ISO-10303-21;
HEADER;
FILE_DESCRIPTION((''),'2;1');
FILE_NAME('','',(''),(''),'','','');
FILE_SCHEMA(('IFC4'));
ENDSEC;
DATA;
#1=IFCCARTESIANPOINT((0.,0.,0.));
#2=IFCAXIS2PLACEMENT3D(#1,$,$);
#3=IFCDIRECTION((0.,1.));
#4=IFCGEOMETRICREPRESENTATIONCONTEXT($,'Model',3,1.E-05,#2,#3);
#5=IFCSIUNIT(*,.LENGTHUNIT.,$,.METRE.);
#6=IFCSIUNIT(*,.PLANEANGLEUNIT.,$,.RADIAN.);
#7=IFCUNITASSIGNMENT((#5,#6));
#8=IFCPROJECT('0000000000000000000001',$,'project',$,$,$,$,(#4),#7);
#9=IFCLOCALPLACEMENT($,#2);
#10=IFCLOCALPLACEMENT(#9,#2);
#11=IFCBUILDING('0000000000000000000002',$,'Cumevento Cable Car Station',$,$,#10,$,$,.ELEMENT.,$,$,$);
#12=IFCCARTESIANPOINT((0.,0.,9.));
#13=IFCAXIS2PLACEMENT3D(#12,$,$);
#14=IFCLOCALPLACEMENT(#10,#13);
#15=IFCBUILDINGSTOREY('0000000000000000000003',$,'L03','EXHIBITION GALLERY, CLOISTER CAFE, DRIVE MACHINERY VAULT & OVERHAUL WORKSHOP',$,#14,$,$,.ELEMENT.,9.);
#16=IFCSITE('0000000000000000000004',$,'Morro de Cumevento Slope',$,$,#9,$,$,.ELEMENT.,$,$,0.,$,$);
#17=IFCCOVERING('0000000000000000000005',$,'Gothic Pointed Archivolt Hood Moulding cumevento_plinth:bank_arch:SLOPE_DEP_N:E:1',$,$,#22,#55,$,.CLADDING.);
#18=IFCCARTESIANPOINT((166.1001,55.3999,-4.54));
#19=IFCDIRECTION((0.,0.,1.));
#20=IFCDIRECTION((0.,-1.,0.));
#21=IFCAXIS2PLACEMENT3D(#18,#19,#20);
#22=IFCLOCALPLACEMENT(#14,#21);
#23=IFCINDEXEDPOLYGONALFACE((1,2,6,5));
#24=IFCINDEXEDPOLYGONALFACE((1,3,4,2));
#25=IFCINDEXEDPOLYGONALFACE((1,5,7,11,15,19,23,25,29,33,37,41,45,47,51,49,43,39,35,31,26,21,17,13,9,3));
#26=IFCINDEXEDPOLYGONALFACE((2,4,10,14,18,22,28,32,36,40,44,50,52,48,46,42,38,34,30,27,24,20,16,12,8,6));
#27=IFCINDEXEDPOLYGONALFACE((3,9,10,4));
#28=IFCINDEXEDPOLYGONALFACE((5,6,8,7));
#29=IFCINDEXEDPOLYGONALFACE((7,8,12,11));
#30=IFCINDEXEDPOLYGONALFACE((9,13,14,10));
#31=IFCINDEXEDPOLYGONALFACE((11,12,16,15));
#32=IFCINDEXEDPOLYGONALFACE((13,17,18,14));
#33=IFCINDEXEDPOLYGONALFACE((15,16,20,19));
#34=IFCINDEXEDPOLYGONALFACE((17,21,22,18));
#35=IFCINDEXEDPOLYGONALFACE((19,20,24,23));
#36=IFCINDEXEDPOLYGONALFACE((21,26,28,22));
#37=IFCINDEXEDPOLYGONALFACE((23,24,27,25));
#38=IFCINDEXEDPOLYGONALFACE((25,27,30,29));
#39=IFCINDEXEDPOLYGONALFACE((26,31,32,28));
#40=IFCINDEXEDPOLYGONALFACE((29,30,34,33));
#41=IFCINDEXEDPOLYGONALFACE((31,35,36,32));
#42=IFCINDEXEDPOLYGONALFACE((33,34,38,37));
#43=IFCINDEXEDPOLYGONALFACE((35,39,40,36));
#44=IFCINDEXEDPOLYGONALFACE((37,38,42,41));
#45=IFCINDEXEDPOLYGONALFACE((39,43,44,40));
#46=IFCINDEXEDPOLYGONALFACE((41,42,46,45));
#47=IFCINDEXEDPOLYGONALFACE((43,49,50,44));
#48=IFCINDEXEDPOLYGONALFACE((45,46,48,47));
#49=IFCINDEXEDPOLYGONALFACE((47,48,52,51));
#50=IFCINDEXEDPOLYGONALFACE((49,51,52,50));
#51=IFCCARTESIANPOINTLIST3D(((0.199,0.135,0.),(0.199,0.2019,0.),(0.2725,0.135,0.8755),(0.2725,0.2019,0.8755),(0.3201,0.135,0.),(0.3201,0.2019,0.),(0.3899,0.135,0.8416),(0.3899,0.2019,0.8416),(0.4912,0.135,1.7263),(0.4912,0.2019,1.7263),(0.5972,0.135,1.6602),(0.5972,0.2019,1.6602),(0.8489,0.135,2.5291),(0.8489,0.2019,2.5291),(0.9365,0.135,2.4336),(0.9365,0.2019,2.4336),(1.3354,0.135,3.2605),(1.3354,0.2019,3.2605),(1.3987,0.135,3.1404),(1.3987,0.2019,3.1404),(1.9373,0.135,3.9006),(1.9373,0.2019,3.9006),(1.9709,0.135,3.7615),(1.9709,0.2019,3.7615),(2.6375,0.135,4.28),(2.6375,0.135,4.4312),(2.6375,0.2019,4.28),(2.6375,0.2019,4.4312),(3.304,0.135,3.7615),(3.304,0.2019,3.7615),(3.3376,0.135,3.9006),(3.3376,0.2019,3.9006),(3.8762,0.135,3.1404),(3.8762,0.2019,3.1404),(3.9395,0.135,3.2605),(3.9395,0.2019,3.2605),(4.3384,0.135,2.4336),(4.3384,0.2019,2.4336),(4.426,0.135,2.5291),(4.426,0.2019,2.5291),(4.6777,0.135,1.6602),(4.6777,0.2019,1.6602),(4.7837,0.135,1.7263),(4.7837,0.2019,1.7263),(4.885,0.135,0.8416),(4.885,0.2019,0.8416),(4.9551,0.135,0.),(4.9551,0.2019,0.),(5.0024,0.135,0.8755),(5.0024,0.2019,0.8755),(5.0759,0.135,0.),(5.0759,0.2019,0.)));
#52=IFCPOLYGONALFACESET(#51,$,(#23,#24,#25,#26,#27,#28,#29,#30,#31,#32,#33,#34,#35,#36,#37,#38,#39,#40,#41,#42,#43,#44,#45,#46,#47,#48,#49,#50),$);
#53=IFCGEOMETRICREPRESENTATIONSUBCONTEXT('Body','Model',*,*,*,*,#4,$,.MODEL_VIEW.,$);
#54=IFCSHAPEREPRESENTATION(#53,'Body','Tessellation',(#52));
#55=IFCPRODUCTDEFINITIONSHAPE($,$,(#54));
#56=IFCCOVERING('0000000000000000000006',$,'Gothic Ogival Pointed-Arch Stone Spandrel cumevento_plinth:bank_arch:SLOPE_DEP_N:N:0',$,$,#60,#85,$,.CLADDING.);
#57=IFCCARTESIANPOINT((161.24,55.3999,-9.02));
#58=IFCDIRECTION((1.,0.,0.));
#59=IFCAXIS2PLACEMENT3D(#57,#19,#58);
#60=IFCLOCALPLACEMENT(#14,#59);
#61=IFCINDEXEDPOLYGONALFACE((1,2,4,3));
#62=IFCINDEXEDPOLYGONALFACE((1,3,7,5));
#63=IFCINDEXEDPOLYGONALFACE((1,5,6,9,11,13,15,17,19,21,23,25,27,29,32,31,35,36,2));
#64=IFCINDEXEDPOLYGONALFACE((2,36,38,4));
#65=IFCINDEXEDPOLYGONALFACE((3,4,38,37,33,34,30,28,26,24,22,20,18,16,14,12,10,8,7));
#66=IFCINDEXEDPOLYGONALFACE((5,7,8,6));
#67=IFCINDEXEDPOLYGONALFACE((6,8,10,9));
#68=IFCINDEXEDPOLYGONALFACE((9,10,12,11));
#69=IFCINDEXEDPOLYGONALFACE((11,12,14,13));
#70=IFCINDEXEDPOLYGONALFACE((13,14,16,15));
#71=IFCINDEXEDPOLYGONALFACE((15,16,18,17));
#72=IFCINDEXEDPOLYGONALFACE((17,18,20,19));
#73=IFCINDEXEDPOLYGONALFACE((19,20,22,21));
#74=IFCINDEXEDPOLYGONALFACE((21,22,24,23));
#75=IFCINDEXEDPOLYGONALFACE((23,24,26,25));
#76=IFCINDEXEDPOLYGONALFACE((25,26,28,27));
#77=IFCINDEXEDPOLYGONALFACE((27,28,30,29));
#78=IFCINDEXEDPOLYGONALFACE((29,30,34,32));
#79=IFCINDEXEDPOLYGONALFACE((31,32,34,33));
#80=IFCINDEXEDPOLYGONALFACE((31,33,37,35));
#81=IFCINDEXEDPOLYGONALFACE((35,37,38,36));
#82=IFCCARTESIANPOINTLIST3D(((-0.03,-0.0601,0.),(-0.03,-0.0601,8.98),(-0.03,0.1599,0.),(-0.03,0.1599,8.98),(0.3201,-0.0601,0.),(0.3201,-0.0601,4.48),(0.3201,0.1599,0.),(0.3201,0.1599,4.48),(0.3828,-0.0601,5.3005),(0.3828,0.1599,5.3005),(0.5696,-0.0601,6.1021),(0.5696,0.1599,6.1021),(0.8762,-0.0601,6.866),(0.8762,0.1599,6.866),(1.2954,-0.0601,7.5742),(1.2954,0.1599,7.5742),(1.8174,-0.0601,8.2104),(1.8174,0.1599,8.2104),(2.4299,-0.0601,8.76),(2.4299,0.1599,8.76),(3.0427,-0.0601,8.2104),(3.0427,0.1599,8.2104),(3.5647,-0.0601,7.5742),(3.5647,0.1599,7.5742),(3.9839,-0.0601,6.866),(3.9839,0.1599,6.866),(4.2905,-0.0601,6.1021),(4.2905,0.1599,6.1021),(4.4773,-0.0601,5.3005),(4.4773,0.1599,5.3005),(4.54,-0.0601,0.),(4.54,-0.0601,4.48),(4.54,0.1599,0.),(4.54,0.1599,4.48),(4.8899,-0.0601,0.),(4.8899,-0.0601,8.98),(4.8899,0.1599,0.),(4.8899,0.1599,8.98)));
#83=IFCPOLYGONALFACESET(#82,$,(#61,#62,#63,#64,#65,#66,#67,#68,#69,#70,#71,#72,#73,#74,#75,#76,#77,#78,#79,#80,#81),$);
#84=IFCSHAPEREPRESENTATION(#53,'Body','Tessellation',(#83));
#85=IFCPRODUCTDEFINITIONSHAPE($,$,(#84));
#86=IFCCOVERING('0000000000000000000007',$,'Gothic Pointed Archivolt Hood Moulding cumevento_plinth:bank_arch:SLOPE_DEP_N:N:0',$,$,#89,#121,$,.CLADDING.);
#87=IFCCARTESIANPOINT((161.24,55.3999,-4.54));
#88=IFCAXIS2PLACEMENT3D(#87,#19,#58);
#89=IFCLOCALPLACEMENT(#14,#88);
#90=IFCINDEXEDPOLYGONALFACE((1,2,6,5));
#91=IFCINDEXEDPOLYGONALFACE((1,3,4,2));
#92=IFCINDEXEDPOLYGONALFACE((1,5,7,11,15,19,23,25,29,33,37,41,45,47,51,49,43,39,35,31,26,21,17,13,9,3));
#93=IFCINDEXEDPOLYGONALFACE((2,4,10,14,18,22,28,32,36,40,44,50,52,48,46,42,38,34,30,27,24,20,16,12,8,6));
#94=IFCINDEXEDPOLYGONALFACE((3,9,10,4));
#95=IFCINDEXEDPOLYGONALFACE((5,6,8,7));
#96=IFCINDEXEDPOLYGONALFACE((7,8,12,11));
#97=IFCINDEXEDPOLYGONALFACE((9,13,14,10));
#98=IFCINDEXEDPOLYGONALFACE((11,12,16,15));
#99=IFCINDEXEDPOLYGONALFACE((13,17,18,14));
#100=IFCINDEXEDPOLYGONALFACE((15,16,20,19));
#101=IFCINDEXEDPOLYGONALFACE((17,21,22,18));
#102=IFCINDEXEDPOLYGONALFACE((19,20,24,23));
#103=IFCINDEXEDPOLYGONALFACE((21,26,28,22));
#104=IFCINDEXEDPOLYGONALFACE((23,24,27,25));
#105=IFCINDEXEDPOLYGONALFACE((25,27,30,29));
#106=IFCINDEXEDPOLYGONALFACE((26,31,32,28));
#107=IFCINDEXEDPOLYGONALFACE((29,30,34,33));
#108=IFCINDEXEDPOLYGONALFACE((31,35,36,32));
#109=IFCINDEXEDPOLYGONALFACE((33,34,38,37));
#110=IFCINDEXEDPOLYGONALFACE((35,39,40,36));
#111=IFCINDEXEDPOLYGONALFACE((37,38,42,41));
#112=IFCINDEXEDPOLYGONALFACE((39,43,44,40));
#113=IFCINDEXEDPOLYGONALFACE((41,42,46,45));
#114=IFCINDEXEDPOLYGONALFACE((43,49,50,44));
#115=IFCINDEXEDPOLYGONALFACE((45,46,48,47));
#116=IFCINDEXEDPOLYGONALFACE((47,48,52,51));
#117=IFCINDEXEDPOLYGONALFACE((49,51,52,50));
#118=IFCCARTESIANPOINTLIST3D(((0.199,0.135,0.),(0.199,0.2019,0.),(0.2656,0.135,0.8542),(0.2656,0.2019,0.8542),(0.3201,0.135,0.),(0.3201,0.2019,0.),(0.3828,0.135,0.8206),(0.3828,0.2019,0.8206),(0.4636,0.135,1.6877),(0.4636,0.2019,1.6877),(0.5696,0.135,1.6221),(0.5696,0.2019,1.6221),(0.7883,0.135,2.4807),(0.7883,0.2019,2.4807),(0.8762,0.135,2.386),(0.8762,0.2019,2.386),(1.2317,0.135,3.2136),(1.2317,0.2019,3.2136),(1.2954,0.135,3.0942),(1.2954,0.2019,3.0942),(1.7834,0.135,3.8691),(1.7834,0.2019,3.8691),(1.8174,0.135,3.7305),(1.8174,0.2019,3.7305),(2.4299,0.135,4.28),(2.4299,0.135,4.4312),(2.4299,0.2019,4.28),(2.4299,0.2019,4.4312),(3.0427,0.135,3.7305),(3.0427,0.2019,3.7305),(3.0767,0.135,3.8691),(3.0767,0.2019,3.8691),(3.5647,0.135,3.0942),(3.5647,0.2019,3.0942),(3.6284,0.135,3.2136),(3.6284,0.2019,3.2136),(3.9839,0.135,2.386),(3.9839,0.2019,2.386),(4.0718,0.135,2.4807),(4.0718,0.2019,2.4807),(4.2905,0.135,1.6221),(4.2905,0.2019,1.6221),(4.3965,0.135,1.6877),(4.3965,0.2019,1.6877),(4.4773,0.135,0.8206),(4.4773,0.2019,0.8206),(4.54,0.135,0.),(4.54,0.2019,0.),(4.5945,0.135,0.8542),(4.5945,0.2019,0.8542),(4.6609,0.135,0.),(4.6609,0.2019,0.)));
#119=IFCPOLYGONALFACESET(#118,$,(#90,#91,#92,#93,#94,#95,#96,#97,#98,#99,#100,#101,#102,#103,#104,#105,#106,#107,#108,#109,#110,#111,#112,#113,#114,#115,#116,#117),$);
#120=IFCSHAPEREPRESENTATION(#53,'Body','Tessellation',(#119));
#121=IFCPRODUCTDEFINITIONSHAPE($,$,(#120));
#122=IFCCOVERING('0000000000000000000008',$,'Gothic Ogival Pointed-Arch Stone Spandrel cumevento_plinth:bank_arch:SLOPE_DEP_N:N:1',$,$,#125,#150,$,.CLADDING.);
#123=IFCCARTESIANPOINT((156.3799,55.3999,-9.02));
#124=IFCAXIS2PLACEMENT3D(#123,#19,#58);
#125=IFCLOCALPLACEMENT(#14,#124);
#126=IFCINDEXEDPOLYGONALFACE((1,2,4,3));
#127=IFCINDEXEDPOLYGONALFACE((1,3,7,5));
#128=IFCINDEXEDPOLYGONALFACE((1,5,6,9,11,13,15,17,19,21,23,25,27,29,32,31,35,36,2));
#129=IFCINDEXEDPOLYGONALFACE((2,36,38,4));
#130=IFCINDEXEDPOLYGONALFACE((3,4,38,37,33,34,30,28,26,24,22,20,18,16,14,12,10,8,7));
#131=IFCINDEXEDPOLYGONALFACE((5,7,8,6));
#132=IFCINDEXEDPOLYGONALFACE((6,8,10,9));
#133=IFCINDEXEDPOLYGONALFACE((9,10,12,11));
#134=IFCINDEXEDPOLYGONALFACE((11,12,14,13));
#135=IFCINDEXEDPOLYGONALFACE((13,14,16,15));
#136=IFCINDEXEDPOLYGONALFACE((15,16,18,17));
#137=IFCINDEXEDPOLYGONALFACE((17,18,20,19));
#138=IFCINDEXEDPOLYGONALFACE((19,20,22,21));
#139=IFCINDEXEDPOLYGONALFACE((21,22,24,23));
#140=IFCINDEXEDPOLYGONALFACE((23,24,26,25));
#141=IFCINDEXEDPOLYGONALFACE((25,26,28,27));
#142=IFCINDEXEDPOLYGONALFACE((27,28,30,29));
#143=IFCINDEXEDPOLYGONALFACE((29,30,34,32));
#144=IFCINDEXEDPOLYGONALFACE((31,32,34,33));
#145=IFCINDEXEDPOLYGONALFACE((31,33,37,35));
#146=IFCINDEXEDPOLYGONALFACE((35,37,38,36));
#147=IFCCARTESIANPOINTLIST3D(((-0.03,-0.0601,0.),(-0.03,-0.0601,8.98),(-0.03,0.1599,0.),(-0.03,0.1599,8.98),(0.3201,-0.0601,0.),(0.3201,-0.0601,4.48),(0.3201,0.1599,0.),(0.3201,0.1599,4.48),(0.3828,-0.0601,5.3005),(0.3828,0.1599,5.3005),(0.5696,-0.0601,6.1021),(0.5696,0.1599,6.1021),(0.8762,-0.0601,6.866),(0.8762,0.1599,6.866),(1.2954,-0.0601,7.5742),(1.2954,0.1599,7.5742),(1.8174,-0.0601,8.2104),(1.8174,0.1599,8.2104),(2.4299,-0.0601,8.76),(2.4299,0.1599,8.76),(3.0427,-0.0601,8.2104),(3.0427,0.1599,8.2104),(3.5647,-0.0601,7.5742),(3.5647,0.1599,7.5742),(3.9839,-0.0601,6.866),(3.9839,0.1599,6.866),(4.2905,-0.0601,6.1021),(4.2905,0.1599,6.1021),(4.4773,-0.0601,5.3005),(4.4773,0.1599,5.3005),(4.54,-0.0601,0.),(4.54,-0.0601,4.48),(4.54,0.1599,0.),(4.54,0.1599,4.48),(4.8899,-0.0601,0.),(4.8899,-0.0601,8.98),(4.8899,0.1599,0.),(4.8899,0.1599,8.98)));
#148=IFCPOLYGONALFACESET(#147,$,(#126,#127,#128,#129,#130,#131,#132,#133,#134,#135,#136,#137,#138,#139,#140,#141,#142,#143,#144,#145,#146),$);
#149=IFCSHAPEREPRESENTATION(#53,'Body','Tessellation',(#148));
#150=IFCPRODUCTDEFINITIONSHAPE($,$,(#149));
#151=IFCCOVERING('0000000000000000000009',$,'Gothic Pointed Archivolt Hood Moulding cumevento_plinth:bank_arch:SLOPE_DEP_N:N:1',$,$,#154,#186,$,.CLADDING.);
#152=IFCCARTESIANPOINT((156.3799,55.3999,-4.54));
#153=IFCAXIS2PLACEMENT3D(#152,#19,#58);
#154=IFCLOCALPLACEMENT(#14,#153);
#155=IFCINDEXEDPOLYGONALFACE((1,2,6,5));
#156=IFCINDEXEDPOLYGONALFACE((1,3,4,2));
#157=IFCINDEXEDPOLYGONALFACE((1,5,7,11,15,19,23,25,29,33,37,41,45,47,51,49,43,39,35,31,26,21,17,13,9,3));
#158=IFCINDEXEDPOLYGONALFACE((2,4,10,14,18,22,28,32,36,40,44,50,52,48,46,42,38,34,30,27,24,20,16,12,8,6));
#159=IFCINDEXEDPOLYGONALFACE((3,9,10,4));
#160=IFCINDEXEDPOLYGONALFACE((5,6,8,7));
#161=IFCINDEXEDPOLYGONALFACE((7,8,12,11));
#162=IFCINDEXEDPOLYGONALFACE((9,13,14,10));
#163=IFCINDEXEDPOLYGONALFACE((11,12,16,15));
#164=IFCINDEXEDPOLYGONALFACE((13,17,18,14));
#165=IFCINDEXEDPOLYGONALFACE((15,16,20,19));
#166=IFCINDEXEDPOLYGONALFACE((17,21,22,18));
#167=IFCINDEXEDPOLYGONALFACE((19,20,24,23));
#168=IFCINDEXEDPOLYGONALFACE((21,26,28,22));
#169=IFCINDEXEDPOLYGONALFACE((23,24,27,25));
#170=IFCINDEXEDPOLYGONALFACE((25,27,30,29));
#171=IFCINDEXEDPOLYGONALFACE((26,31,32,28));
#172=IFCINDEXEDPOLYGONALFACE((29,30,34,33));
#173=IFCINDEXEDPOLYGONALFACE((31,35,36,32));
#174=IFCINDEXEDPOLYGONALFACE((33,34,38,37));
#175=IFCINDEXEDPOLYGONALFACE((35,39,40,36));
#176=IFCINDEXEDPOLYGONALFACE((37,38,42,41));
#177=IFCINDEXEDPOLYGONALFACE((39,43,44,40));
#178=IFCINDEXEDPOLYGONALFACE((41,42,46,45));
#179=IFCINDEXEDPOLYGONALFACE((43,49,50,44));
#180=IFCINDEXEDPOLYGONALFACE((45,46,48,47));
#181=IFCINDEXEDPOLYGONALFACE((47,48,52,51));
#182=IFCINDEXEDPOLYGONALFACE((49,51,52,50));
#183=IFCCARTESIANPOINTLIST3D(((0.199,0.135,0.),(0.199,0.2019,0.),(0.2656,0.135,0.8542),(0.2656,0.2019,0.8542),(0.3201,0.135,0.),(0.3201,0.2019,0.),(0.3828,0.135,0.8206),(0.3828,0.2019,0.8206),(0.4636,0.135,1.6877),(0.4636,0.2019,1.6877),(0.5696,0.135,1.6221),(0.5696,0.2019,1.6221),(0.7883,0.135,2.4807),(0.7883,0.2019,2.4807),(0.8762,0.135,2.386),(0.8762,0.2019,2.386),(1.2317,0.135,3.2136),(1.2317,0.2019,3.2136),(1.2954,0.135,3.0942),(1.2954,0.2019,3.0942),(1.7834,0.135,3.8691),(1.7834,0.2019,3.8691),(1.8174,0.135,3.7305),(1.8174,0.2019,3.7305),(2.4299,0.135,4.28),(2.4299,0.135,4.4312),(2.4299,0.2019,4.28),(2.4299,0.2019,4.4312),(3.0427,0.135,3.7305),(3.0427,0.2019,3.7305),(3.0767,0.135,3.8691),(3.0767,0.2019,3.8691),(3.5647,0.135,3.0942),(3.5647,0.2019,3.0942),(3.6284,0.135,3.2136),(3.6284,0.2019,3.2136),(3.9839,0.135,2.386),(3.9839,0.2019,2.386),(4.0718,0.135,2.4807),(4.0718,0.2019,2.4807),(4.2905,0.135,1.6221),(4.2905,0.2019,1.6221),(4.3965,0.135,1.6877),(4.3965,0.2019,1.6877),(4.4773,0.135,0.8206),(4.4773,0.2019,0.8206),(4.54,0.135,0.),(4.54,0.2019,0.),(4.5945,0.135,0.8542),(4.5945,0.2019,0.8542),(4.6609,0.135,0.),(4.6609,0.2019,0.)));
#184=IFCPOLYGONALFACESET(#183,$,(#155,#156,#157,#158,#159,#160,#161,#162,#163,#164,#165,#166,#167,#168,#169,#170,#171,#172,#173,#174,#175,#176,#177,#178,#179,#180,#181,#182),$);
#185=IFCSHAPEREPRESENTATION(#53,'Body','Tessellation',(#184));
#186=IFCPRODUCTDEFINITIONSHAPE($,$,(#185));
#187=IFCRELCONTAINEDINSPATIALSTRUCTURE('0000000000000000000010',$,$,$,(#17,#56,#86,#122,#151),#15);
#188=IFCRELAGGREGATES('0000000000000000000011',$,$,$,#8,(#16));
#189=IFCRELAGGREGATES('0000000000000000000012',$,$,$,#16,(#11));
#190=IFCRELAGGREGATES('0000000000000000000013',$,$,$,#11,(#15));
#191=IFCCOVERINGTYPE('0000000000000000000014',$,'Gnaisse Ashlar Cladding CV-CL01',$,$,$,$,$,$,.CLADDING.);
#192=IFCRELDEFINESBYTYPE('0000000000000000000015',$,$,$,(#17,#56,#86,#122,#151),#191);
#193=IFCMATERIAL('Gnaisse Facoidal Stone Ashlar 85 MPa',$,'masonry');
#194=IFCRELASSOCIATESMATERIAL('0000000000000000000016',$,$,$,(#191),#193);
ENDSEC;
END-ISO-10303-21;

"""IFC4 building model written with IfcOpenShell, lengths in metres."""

from ifc_helpers import new_model, si_unit, direction, frame, origin, place, context, subcontext, project, spatial, polyline, outline, extrude, material, type_object, element, save


model = new_model("IFC4")

# Units and contexts
model_context = context("Model", 3, precision=1e-05, world=origin(), true_north=direction((0.0, 1.0)))
body_context = subcontext(model_context, "Body", "Model", "MODEL_VIEW")
ifc_project = project(units=[si_unit("LENGTHUNIT", "METRE"), si_unit("PLANEANGLEUNIT", "RADIAN")], contexts=[model_context])

# Site, building, storey
site_placement = place(None, origin())
site = spatial("IfcSite", under=ifc_project, at=site_placement, Name="Morro de Cumevento Slope", CompositionType="ELEMENT", RefElevation=0.0)
building_placement = place(site_placement, origin())
building = spatial("IfcBuilding", under=site, at=building_placement, Name="Cumevento Cable Car Station", CompositionType="ELEMENT")
storey_placement = place(building_placement, frame((0.0, 0.0, 9.0)))
storey = spatial("IfcBuildingStorey", under=building, at=storey_placement, Name="L03", Description="EXHIBITION GALLERY, CLOISTER CAFE, DRIVE MACHINERY VAULT & OVERHAUL WORKSHOP", CompositionType="ELEMENT", Elevation=9.0)

# Coverings
ifc_material_1 = material(Name="Gnaisse Facoidal Stone Ashlar 85 MPa", Category="masonry")
covering_type = type_object("IfcCoveringType", Name="Gnaisse Ashlar Cladding CV-CL01", PredefinedType="CLADDING", material=ifc_material_1)
covering_1_placement = place(storey_placement, frame((166.1001, 55.3999, -4.54), z_axis=(0.0, 0.0, 1.0), x_axis=(0.0, -1.0, 0.0)))
element("IfcCovering", 1, at=covering_1_placement, inside=storey, type_object=covering_type, Name="Gothic Pointed Archivolt Hood Moulding cumevento_plinth:bank_arch:SLOPE_DEP_N:E:1", PredefinedType="CLADDING", context=body_context, shape_type="SweptSolid", body=[
    extrude(outline(polyline([(0.3201, 0.0), (0.3899, 0.8416), (0.5972, 1.6602), (0.9365, 2.4336), (1.3987, 3.1404), (1.9709, 3.7615), (2.6375, 4.28), (3.304, 3.7615), (3.8762, 3.1404), (4.3384, 2.4336), (4.6777, 1.6602), (4.885, 0.8416), (4.9551, 0.0), (5.0759, 0.0), (5.0024, 0.8755), (4.7837, 1.7263), (4.426, 2.5291), (3.9395, 3.2605), (3.3376, 3.9006), (2.6375, 4.4312), (1.9373, 3.9006), (1.3354, 3.2605), (0.8489, 2.5291), (0.4912, 1.7263), (0.2725, 0.8755), (0.199, 0.0), (0.3201, 0.0)])), frame((0.0, 0.2019, 0.0), z_axis=(0.0, -1.0, 0.0), x_axis=(1.0, 0.0, 0.0)), (0.0, 0.0, 1.0), 0.0669),
])
covering_2_placement = place(storey_placement, frame((161.24, 55.3999, -9.02), z_axis=(0.0, 0.0, 1.0), x_axis=(1.0, 0.0, 0.0)))
element("IfcCovering", 2, at=covering_2_placement, inside=storey, type_object=covering_type, Name="Gothic Ogival Pointed-Arch Stone Spandrel cumevento_plinth:bank_arch:SLOPE_DEP_N:N:0", PredefinedType="CLADDING", context=body_context, shape_type="SweptSolid", body=[
    extrude(outline(polyline([(-0.03, 0.0), (-0.03, 8.98), (4.8899, 8.98), (4.8899, 0.0), (4.54, 0.0), (4.54, 4.48), (4.4773, 5.3005), (4.2905, 6.1021), (3.9839, 6.866), (3.5647, 7.5742), (3.0427, 8.2104), (2.4299, 8.76), (1.8174, 8.2104), (1.2954, 7.5742), (0.8762, 6.866), (0.5696, 6.1021), (0.3828, 5.3005), (0.3201, 4.48), (0.3201, 0.0), (-0.03, 0.0)])), frame((0.0, 0.1599, 0.0), z_axis=(0.0, -1.0, 0.0), x_axis=(1.0, 0.0, 0.0)), (0.0, 0.0, 1.0), 0.22),
])
covering_3_placement = place(storey_placement, frame((161.24, 55.3999, -4.54), z_axis=(0.0, 0.0, 1.0), x_axis=(1.0, 0.0, 0.0)))
element("IfcCovering", 3, at=covering_3_placement, inside=storey, type_object=covering_type, Name="Gothic Pointed Archivolt Hood Moulding cumevento_plinth:bank_arch:SLOPE_DEP_N:N:0", PredefinedType="CLADDING", context=body_context, shape_type="SweptSolid", body=[
    extrude(outline(polyline([(0.3201, 0.0), (0.3828, 0.8206), (0.5696, 1.6221), (0.8762, 2.386), (1.2954, 3.0942), (1.8174, 3.7305), (2.4299, 4.28), (3.0427, 3.7305), (3.5647, 3.0942), (3.9839, 2.386), (4.2905, 1.6221), (4.4773, 0.8206), (4.54, 0.0), (4.6609, 0.0), (4.5945, 0.8542), (4.3965, 1.6877), (4.0718, 2.4807), (3.6284, 3.2136), (3.0767, 3.8691), (2.4299, 4.4312), (1.7834, 3.8691), (1.2317, 3.2136), (0.7883, 2.4807), (0.4636, 1.6877), (0.2656, 0.8542), (0.199, 0.0), (0.3201, 0.0)])), frame((0.0, 0.2019, 0.0), z_axis=(0.0, -1.0, 0.0), x_axis=(1.0, 0.0, 0.0)), (0.0, 0.0, 1.0), 0.0669),
])
covering_4_placement = place(storey_placement, frame((156.3799, 55.3999, -9.02), z_axis=(0.0, 0.0, 1.0), x_axis=(1.0, 0.0, 0.0)))
element("IfcCovering", 4, at=covering_4_placement, inside=storey, type_object=covering_type, Name="Gothic Ogival Pointed-Arch Stone Spandrel cumevento_plinth:bank_arch:SLOPE_DEP_N:N:1", PredefinedType="CLADDING", context=body_context, shape_type="SweptSolid", body=[
    extrude(outline(polyline([(-0.03, 0.0), (-0.03, 8.98), (4.8899, 8.98), (4.8899, 0.0), (4.54, 0.0), (4.54, 4.48), (4.4773, 5.3005), (4.2905, 6.1021), (3.9839, 6.866), (3.5647, 7.5742), (3.0427, 8.2104), (2.4299, 8.76), (1.8174, 8.2104), (1.2954, 7.5742), (0.8762, 6.866), (0.5696, 6.1021), (0.3828, 5.3005), (0.3201, 4.48), (0.3201, 0.0), (-0.03, 0.0)])), frame((0.0, 0.1599, 0.0), z_axis=(0.0, -1.0, 0.0), x_axis=(1.0, 0.0, 0.0)), (0.0, 0.0, 1.0), 0.22),
])
covering_5_placement = place(storey_placement, frame((156.3799, 55.3999, -4.54), z_axis=(0.0, 0.0, 1.0), x_axis=(1.0, 0.0, 0.0)))
element("IfcCovering", 5, at=covering_5_placement, inside=storey, type_object=covering_type, Name="Gothic Pointed Archivolt Hood Moulding cumevento_plinth:bank_arch:SLOPE_DEP_N:N:1", PredefinedType="CLADDING", context=body_context, shape_type="SweptSolid", body=[
    extrude(outline(polyline([(0.3201, 0.0), (0.3828, 0.8206), (0.5696, 1.6221), (0.8762, 2.386), (1.2954, 3.0942), (1.8174, 3.7305), (2.4299, 4.28), (3.0427, 3.7305), (3.5647, 3.0942), (3.9839, 2.386), (4.2905, 1.6221), (4.4773, 0.8206), (4.54, 0.0), (4.6609, 0.0), (4.5945, 0.8542), (4.3965, 1.6877), (4.0718, 2.4807), (3.6284, 3.2136), (3.0767, 3.8691), (2.4299, 4.4312), (1.7834, 3.8691), (1.2317, 3.2136), (0.7883, 2.4807), (0.4636, 1.6877), (0.2656, 0.8542), (0.199, 0.0), (0.3201, 0.0)])), frame((0.0, 0.2019, 0.0), z_axis=(0.0, -1.0, 0.0), x_axis=(1.0, 0.0, 0.0)), (0.0, 0.0, 1.0), 0.0669),
])

save(model, "model.ifc")
